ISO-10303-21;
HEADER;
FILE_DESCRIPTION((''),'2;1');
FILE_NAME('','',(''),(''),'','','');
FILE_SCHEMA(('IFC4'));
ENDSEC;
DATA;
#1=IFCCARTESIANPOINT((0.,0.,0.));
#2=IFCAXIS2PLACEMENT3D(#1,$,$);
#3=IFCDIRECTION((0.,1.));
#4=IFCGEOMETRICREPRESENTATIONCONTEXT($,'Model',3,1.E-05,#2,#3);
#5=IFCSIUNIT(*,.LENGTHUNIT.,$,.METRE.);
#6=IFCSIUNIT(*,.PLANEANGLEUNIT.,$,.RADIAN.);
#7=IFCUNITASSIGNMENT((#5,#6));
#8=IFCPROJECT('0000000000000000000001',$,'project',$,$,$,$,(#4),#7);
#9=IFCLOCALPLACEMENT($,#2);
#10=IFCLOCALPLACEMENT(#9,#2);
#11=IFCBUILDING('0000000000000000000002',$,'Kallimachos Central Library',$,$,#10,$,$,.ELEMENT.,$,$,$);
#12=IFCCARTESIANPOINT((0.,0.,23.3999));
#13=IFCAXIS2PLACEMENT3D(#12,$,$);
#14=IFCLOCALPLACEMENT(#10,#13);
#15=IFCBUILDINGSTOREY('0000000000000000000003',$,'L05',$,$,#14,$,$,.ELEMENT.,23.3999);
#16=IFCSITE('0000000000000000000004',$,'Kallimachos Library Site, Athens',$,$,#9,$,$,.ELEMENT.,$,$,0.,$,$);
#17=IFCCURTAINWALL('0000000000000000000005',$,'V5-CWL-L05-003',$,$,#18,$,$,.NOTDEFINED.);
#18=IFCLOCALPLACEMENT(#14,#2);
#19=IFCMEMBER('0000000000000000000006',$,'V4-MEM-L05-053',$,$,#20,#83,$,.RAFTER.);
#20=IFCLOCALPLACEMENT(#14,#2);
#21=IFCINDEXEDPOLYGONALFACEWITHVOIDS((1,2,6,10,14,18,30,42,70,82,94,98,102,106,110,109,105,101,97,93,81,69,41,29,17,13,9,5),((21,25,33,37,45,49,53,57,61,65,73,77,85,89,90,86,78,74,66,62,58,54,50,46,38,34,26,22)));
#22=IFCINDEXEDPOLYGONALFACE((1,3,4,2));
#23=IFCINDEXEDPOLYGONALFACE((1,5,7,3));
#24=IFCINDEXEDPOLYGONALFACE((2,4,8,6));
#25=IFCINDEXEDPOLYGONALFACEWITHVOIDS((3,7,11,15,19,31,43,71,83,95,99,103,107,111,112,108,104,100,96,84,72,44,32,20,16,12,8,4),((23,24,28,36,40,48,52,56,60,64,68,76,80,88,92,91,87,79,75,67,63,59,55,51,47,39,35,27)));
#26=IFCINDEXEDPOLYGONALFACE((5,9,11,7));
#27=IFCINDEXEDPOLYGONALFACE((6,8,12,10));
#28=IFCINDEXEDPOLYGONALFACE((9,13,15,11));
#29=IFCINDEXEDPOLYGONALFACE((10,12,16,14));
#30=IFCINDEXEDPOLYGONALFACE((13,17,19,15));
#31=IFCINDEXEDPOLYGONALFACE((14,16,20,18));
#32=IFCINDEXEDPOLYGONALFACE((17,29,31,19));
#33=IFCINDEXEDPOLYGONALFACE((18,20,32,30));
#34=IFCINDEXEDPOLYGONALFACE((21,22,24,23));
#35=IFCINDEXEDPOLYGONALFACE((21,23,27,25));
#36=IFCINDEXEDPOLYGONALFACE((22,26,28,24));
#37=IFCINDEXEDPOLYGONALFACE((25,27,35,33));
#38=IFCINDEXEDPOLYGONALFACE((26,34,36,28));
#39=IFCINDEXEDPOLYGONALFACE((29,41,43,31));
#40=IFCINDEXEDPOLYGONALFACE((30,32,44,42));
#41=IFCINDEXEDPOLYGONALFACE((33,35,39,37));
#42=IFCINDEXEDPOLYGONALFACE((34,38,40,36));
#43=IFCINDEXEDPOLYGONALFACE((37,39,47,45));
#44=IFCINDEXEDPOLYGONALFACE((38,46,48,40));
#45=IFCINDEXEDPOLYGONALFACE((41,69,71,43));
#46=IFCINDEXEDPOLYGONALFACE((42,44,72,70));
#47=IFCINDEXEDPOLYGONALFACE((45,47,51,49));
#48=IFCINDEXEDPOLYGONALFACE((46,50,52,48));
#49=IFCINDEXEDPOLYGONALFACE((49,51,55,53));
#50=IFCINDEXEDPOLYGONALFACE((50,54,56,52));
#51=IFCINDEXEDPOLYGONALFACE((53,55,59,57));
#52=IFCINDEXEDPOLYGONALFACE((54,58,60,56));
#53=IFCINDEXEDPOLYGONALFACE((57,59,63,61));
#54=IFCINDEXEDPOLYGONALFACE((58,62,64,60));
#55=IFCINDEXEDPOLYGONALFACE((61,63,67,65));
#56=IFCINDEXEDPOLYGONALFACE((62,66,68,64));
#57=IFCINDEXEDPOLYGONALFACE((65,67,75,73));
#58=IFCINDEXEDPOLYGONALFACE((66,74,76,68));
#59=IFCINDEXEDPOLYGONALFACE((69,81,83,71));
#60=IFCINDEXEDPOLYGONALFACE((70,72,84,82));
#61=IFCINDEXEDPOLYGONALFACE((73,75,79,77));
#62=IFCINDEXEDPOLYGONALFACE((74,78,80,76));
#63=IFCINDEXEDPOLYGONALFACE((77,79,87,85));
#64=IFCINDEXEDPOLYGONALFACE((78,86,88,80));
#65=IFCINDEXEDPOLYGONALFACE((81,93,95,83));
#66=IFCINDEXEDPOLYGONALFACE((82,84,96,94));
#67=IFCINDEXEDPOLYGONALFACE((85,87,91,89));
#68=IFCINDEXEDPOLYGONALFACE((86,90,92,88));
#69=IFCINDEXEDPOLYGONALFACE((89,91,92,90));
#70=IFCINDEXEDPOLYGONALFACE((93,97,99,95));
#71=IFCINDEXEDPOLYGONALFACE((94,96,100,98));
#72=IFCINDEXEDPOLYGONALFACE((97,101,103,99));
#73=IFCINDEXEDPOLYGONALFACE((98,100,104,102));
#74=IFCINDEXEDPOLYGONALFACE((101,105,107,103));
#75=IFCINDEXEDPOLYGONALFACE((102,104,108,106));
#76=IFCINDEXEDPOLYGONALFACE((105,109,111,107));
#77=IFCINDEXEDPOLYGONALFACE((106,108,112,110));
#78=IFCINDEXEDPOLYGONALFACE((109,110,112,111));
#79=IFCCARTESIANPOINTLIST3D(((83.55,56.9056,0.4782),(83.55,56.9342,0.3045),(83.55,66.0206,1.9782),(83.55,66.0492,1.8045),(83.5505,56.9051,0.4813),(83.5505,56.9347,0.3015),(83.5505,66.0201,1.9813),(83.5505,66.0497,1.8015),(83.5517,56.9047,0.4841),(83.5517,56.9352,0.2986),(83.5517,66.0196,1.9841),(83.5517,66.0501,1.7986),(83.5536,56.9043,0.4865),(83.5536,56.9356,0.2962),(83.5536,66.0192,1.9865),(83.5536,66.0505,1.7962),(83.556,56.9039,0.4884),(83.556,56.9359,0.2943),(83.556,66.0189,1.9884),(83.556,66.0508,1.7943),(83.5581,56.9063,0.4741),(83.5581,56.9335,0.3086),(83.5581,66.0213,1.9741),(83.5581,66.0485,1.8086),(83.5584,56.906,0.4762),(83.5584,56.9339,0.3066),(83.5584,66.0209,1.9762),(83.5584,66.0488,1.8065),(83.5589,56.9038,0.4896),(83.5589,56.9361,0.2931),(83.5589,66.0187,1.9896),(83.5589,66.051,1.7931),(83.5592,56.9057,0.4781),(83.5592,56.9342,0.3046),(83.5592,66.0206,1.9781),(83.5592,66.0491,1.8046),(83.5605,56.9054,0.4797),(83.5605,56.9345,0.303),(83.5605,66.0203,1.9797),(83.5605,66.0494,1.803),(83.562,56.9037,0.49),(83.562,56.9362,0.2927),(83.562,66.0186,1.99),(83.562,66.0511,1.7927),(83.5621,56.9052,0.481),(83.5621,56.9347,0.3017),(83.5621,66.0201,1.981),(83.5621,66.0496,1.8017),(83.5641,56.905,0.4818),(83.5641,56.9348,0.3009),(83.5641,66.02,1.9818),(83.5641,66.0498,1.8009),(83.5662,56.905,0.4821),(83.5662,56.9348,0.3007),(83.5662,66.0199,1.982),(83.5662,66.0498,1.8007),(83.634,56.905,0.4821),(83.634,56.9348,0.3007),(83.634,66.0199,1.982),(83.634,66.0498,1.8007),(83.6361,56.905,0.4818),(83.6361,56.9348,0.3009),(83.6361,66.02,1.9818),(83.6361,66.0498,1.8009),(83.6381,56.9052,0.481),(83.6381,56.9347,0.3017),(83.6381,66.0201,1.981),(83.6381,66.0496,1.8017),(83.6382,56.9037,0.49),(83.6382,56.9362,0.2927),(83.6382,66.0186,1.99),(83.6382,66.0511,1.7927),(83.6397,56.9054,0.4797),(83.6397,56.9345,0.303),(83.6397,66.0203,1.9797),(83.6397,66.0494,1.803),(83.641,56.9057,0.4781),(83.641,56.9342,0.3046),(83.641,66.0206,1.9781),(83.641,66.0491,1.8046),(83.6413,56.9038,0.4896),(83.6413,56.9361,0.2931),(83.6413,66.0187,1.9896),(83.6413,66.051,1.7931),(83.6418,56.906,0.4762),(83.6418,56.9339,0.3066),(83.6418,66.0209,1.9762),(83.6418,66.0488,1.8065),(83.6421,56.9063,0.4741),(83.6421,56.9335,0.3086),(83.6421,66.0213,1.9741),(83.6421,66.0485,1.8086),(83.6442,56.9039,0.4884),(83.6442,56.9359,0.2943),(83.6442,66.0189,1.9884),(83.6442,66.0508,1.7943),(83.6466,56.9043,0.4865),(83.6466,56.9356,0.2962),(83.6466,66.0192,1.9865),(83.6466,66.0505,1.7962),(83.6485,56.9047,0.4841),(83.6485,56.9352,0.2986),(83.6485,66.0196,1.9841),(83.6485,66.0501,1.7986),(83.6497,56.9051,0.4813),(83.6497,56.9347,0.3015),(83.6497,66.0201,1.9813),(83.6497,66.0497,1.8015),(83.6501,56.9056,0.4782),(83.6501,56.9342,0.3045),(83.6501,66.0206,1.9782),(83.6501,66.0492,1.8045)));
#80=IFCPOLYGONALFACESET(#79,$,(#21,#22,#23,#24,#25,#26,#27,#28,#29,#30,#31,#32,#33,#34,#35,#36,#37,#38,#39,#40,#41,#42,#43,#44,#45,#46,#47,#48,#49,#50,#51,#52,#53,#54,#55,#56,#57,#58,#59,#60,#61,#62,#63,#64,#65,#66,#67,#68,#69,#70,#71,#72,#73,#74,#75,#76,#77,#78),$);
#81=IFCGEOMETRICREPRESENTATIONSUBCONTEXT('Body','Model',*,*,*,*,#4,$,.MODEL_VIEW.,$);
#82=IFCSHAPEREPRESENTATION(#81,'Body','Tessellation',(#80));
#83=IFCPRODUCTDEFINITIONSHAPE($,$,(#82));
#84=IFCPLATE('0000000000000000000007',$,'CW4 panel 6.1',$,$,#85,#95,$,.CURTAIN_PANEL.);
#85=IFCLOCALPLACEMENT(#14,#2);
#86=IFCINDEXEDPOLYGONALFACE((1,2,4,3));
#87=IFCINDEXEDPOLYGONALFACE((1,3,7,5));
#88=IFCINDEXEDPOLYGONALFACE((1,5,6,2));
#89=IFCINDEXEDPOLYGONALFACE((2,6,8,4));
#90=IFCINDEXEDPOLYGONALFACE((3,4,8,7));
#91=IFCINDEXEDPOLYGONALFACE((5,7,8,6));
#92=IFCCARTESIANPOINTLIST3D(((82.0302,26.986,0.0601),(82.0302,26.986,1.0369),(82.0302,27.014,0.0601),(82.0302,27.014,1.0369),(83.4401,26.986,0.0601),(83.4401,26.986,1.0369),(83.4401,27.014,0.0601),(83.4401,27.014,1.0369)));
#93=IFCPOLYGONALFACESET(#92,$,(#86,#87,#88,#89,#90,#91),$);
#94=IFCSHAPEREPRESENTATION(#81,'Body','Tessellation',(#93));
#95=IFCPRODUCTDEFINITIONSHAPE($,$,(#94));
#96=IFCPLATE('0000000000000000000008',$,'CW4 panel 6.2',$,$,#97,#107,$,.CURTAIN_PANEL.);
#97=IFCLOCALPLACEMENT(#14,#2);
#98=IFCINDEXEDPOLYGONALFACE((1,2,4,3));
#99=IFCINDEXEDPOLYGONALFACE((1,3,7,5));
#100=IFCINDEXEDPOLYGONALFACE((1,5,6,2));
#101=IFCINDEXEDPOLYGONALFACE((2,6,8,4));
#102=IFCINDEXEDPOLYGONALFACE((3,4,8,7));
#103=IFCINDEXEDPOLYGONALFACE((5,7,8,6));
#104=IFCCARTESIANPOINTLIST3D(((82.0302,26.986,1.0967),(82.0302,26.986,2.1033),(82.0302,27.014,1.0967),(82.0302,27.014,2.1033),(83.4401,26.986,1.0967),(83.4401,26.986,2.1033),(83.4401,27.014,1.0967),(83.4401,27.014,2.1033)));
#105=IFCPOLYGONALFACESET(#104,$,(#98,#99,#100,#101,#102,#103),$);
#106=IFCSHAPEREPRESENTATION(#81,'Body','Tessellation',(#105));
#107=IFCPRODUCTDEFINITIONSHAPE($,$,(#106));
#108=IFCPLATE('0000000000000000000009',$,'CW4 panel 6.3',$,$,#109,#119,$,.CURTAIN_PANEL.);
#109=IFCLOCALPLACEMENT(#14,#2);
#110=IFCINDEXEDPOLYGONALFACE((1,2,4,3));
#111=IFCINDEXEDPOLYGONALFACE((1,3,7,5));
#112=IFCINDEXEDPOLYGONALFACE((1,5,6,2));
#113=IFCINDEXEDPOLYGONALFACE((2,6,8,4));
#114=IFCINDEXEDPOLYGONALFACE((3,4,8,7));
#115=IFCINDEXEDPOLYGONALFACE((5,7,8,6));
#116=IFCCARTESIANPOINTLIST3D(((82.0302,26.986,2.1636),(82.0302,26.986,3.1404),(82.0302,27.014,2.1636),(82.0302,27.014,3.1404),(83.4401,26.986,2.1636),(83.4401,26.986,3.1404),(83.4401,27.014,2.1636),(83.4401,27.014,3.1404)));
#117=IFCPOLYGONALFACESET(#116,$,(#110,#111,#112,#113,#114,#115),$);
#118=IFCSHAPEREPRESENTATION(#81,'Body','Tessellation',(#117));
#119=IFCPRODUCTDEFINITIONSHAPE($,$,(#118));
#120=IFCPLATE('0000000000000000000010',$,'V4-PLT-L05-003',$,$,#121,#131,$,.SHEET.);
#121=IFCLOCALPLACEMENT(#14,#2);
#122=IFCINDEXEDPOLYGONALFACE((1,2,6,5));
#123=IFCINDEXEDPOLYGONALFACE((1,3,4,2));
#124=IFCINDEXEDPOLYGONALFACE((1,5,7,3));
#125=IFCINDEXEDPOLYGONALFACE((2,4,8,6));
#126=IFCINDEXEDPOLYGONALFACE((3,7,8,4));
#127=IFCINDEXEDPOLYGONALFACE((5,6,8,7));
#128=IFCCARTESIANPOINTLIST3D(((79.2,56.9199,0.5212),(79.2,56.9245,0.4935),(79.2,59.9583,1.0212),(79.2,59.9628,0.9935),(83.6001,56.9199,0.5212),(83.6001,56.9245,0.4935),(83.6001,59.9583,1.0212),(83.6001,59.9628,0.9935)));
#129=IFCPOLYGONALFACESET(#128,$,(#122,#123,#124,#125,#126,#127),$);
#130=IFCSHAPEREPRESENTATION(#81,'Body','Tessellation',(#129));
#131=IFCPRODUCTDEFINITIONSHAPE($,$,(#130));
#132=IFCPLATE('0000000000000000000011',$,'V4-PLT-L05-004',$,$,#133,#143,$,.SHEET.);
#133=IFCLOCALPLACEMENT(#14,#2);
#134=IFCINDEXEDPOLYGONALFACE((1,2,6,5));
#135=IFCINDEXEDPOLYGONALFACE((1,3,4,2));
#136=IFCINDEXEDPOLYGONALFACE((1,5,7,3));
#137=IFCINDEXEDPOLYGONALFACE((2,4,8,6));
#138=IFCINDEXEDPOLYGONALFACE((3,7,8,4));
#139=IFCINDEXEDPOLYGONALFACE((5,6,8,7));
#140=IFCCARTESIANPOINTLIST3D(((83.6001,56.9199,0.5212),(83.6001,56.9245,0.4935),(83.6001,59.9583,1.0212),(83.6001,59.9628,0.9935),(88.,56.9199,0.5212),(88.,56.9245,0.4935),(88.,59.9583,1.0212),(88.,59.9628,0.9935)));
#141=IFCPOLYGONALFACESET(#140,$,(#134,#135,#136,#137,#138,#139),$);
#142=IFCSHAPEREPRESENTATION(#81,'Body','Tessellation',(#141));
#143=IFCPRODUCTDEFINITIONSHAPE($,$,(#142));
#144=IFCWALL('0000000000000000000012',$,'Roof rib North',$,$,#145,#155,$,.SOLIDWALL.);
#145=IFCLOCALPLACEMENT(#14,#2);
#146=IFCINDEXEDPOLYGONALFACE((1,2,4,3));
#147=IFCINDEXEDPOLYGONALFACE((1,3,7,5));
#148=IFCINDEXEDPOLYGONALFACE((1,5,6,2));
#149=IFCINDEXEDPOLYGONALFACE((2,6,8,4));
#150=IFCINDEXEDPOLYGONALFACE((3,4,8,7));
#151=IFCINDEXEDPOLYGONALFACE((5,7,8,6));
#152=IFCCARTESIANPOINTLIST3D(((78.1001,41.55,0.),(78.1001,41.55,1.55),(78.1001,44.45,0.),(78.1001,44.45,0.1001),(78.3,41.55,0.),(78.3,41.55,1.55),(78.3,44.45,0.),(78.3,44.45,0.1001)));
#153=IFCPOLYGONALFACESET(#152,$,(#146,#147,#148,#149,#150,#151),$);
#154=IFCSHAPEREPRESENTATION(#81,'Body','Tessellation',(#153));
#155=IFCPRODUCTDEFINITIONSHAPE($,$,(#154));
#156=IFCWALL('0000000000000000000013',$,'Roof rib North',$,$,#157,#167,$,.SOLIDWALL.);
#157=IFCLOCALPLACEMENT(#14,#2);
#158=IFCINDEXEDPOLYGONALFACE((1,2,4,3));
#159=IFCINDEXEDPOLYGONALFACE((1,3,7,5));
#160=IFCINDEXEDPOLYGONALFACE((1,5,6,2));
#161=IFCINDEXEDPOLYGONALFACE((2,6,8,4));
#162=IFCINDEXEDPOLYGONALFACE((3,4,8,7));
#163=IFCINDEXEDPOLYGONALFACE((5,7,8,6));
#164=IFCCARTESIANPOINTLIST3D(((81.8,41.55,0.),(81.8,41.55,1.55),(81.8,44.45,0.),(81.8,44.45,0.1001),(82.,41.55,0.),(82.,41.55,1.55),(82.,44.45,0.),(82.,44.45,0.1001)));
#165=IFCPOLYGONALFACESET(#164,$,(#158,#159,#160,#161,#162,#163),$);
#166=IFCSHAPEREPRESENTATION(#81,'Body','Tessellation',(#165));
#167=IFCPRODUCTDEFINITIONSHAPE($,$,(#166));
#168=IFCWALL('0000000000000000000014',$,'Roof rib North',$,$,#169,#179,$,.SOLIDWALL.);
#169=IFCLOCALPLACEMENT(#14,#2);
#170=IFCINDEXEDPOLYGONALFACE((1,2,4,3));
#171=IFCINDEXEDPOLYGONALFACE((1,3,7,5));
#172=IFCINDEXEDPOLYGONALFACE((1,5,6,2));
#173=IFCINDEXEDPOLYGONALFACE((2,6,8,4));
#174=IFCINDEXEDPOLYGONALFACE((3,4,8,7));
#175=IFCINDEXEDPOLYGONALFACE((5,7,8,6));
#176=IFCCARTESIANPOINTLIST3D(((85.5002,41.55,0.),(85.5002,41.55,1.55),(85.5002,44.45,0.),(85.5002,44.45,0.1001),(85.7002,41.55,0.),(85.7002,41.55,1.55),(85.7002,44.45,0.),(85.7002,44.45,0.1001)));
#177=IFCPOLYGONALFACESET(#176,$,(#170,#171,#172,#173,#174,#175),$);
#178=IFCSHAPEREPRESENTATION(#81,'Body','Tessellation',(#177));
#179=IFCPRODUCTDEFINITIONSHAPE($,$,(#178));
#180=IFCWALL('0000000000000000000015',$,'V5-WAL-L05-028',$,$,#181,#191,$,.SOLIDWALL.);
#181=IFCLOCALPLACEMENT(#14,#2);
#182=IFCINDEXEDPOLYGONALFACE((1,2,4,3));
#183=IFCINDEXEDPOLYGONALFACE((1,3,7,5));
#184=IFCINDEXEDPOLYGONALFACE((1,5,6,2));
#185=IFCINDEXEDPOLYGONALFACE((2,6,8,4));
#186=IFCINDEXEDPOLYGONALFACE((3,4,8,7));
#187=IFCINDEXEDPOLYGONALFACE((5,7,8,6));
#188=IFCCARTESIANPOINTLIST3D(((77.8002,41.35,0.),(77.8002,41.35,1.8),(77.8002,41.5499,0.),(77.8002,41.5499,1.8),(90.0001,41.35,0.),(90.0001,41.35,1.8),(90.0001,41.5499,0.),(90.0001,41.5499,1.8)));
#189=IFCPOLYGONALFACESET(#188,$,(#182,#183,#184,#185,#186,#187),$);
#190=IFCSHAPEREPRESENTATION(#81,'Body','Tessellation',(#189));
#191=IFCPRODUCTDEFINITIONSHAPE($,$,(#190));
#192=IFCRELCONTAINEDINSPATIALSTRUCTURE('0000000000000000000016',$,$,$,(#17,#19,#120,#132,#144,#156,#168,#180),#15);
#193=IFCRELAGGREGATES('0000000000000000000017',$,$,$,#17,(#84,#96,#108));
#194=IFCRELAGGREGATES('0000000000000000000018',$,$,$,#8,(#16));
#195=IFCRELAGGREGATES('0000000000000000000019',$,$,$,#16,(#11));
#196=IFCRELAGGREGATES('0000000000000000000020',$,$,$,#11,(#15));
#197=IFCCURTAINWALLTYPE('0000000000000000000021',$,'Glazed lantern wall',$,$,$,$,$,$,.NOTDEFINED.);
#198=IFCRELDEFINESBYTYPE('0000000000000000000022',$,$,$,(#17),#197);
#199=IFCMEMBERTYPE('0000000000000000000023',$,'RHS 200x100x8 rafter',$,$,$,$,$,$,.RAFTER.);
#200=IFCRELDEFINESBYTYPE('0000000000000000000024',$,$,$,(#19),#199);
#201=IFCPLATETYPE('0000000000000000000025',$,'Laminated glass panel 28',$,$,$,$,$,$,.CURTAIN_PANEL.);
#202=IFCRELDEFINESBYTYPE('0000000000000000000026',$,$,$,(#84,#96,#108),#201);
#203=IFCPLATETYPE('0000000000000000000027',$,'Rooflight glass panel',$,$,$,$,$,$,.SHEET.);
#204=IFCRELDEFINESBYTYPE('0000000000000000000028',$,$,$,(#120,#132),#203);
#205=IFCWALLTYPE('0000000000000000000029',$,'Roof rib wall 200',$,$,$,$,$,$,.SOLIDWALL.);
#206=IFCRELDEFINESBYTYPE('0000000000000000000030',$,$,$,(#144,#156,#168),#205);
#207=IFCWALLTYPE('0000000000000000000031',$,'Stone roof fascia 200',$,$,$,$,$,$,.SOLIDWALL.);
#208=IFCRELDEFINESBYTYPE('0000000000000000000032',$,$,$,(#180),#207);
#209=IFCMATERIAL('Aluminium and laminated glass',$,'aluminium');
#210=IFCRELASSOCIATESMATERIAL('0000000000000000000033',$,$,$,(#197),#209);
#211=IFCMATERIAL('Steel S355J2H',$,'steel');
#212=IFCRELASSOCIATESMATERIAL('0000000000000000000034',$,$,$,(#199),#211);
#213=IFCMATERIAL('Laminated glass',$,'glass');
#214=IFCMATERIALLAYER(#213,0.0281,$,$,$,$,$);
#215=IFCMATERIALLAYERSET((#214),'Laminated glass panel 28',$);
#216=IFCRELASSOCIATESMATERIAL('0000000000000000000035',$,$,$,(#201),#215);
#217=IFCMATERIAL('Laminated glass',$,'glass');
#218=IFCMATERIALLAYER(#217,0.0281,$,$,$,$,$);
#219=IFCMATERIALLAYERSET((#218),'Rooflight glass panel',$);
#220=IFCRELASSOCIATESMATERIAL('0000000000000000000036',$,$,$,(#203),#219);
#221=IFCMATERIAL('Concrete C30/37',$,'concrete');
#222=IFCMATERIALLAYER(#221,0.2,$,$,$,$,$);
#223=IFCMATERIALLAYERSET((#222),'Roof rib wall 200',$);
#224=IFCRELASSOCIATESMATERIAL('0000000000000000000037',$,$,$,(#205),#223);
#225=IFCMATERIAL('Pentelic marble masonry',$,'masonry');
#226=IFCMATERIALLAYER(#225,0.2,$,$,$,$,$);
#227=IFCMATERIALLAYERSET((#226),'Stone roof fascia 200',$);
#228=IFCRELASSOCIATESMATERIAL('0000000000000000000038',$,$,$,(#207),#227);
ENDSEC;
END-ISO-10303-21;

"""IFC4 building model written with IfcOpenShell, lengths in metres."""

from ifc_helpers import new_model, si_unit, direction, frame, frame_2d, origin, origin_2d, place, context, subcontext, project, spatial, polyline, rectangle, hollow_rectangle, outline, extrude, material, layer, layer_set, material_profile, profile_set, type_object, element, aggregate, save


model = new_model("IFC4")

# Units and contexts
model_context = context("Model", 3, precision=1e-05, world=origin(), true_north=direction((0.0, 1.0)))
body_context = subcontext(model_context, "Body", "Model", "MODEL_VIEW")
ifc_project = project(units=[si_unit("LENGTHUNIT", "METRE"), si_unit("PLANEANGLEUNIT", "RADIAN")], contexts=[model_context])

# Site, building, storey
site_placement = place(None, origin())
site = spatial("IfcSite", under=ifc_project, at=site_placement, Name="Kallimachos Library Site, Athens", CompositionType="ELEMENT", RefElevation=0.0)
building_placement = place(site_placement, origin())
building = spatial("IfcBuilding", under=site, at=building_placement, Name="Kallimachos Central Library", CompositionType="ELEMENT")
storey_placement = place(building_placement, frame((0.0, 0.0, 23.3999)))
storey = spatial("IfcBuildingStorey", under=building, at=storey_placement, Name="L05", CompositionType="ELEMENT", Elevation=23.3999)

# Curtain wall
ifc_material_1 = material(Name="Aluminium and laminated glass", Category="aluminium")
curtain_wall_type = type_object("IfcCurtainWallType", Name="Glazed lantern wall", PredefinedType="NOTDEFINED", material=ifc_material_1)
curtain_wall_placement = place(storey_placement, origin())
curtain_wall = element("IfcCurtainWall", 1, at=curtain_wall_placement, inside=storey, type_object=curtain_wall_type, Name="V5-CWL-L05-003", PredefinedType="NOTDEFINED")

# Member
ifc_material_2 = material(Name="Steel S355J2H", Category="steel")
ifc_material_profile_1 = material_profile(ifc_material_2, hollow_rectangle(XDim=0.1001, YDim=0.2, WallThickness=0.0081, InnerFilletRadius=0.0081, OuterFilletRadius=0.012, at=origin_2d()), Name="RHS 200x100x8")
ifc_profile_set_1 = profile_set([ifc_material_profile_1], Name="Steel S355J2H")
member_type_1 = type_object("IfcMemberType", Name="RHS 200x100x8 rafter", PredefinedType="RAFTER", material=ifc_profile_set_1)
for number, where, z_axis, x_axis, name in (
    (2, (83.6001, 56.9199, 0.3914), (0.0, 0.986728, 0.16238), (-1.0, 0.0, 0.0), "V4-MEM-L05-053"),
):
    element("IfcMember", number, at=place(storey_placement, frame(where, z_axis=z_axis, x_axis=x_axis)), inside=storey, type_object=member_type_1, Name=name, PredefinedType="RAFTER", context=body_context, shape_type="SweptSolid", body=[
        extrude(hollow_rectangle(XDim=0.1001, YDim=0.2, WallThickness=0.0081, InnerFilletRadius=0.0081, OuterFilletRadius=0.012, at=origin_2d()), origin(), (0.0, 0.0, 1.0), 9.2375),
    ])

# Plates
ifc_material_3 = material(Name="Laminated glass", Category="glass")
ifc_layer_1 = layer(ifc_material_3, 0.0281)
ifc_layer_set_1 = layer_set([ifc_layer_1], Name="Laminated glass panel 28")
plate_type_1 = type_object("IfcPlateType", Name="Laminated glass panel 28", PredefinedType="CURTAIN_PANEL", material=ifc_layer_set_1)
plate_1_placement = place(storey_placement, frame((82.7351, 27.0, 0.0601), z_axis=(0.0, 0.0, 1.0), x_axis=(1.0, 0.0, 0.0)))
plate_1 = element("IfcPlate", 3, at=plate_1_placement, type_object=plate_type_1, Name="CW4 panel 6.1", PredefinedType="CURTAIN_PANEL", context=body_context, shape_type="SweptSolid", body=[
    extrude(rectangle(XDim=1.4099, YDim=0.0281, at=origin_2d()), origin(), (0.0, 0.0, 1.0), 0.9768),
])
plate_2_placement = place(storey_placement, frame((82.7351, 27.0, 1.0967), z_axis=(0.0, 0.0, 1.0), x_axis=(1.0, 0.0, 0.0)))
plate_2 = element("IfcPlate", 4, at=plate_2_placement, type_object=plate_type_1, Name="CW4 panel 6.2", PredefinedType="CURTAIN_PANEL", context=body_context, shape_type="SweptSolid", body=[
    extrude(rectangle(XDim=1.4099, YDim=0.0281, at=origin_2d()), origin(), (0.0, 0.0, 1.0), 1.0066),
])
plate_3_placement = place(storey_placement, frame((82.7351, 27.0, 2.1636), z_axis=(0.0, 0.0, 1.0), x_axis=(1.0, 0.0, 0.0)))
plate_3 = element("IfcPlate", 5, at=plate_3_placement, type_object=plate_type_1, Name="CW4 panel 6.3", PredefinedType="CURTAIN_PANEL", context=body_context, shape_type="SweptSolid", body=[
    extrude(rectangle(XDim=1.4099, YDim=0.0281, at=origin_2d()), origin(), (0.0, 0.0, 1.0), 0.9768),
])
aggregate(curtain_wall, [plate_1, plate_2, plate_3])

# Plates
ifc_material_4 = material(Name="Laminated glass", Category="glass")
ifc_layer_2 = layer(ifc_material_4, 0.0281)
ifc_layer_set_2 = layer_set([ifc_layer_2], Name="Rooflight glass panel")
plate_type_2 = type_object("IfcPlateType", Name="Rooflight glass panel", PredefinedType="SHEET", material=ifc_layer_set_2)
plate_4_placement = place(storey_placement, frame((79.2, 56.9199, 0.5212), z_axis=(0.0, -0.16238, 0.986728), x_axis=(1.0, 0.0, 0.0)))
element("IfcPlate", 6, at=plate_4_placement, inside=storey, type_object=plate_type_2, Name="V4-PLT-L05-003", PredefinedType="SHEET", context=body_context, shape_type="SweptSolid", body=[
    extrude(outline(polyline([(0.0, 0.0), (4.4001, 0.0), (4.4001, 3.0792), (0.0, 3.0792), (0.0, 0.0)])), origin(), (0.0, 0.0, -1.0), 0.0281),
])
plate_5_placement = place(storey_placement, frame((83.6001, 56.9199, 0.5212), z_axis=(0.0, -0.16238, 0.986728), x_axis=(1.0, 0.0, 0.0)))
element("IfcPlate", 7, at=plate_5_placement, inside=storey, type_object=plate_type_2, Name="V4-PLT-L05-004", PredefinedType="SHEET", context=body_context, shape_type="SweptSolid", body=[
    extrude(outline(polyline([(0.0, 0.0), (4.3999, 0.0), (4.3999, 3.0792), (0.0, 3.0792), (0.0, 0.0)])), origin(), (0.0, 0.0, -1.0), 0.0281),
])

# Walls
ifc_material_5 = material(Name="Concrete C30/37", Category="concrete")
ifc_layer_3 = layer(ifc_material_5, 0.2)
ifc_layer_set_3 = layer_set([ifc_layer_3], Name="Roof rib wall 200")
wall_type_1 = type_object("IfcWallType", Name="Roof rib wall 200", PredefinedType="SOLIDWALL", material=ifc_layer_set_3)
for number, where, z_axis, x_axis, name in (
    (8, (78.2, 44.45, 0.0), (0.0, 0.0, 1.0), (0.0, -1.0, 0.0), "Roof rib North"),
    (9, (81.8999, 44.45, 0.0), (0.0, 0.0, 1.0), (0.0, -1.0, 0.0), "Roof rib North"),
    (10, (85.6001, 44.45, 0.0), (0.0, 0.0, 1.0), (0.0, -1.0, 0.0), "Roof rib North"),
):
    element("IfcWall", number, at=place(storey_placement, frame(where, z_axis=z_axis, x_axis=x_axis)), inside=storey, type_object=wall_type_1, Name=name, PredefinedType="SOLIDWALL", context=body_context, shape_type="SweptSolid", body=[
        extrude(outline(polyline([(0.0, 0.0), (2.8999, 0.0), (2.8999, 1.55), (0.0, 0.1001), (0.0, 0.0)])), frame((0.0, 0.1001, 0.0), z_axis=(0.0, -1.0, 0.0), x_axis=(1.0, 0.0, 0.0)), (0.0, 0.0, 1.0), 0.2),
    ])
ifc_material_6 = material(Name="Pentelic marble masonry", Category="masonry")
ifc_layer_4 = layer(ifc_material_6, 0.2)
ifc_layer_set_4 = layer_set([ifc_layer_4], Name="Stone roof fascia 200")
wall_type_2 = type_object("IfcWallType", Name="Stone roof fascia 200", PredefinedType="SOLIDWALL", material=ifc_layer_set_4)
wall_1_placement = place(storey_placement, frame((77.8, 41.45, 0.0), z_axis=(0.0, 0.0, 1.0), x_axis=(1.0, 0.0, 0.0)))
element("IfcWall", 11, at=wall_1_placement, inside=storey, type_object=wall_type_2, Name="V5-WAL-L05-028", PredefinedType="SOLIDWALL", context=body_context, shape_type="SweptSolid", body=[
    extrude(rectangle(XDim=12.2, YDim=0.2, at=frame_2d((6.1001, 0.0))), origin(), (0.0, 0.0, 1.0), 1.8),
])

save(model, "model.ifc")
